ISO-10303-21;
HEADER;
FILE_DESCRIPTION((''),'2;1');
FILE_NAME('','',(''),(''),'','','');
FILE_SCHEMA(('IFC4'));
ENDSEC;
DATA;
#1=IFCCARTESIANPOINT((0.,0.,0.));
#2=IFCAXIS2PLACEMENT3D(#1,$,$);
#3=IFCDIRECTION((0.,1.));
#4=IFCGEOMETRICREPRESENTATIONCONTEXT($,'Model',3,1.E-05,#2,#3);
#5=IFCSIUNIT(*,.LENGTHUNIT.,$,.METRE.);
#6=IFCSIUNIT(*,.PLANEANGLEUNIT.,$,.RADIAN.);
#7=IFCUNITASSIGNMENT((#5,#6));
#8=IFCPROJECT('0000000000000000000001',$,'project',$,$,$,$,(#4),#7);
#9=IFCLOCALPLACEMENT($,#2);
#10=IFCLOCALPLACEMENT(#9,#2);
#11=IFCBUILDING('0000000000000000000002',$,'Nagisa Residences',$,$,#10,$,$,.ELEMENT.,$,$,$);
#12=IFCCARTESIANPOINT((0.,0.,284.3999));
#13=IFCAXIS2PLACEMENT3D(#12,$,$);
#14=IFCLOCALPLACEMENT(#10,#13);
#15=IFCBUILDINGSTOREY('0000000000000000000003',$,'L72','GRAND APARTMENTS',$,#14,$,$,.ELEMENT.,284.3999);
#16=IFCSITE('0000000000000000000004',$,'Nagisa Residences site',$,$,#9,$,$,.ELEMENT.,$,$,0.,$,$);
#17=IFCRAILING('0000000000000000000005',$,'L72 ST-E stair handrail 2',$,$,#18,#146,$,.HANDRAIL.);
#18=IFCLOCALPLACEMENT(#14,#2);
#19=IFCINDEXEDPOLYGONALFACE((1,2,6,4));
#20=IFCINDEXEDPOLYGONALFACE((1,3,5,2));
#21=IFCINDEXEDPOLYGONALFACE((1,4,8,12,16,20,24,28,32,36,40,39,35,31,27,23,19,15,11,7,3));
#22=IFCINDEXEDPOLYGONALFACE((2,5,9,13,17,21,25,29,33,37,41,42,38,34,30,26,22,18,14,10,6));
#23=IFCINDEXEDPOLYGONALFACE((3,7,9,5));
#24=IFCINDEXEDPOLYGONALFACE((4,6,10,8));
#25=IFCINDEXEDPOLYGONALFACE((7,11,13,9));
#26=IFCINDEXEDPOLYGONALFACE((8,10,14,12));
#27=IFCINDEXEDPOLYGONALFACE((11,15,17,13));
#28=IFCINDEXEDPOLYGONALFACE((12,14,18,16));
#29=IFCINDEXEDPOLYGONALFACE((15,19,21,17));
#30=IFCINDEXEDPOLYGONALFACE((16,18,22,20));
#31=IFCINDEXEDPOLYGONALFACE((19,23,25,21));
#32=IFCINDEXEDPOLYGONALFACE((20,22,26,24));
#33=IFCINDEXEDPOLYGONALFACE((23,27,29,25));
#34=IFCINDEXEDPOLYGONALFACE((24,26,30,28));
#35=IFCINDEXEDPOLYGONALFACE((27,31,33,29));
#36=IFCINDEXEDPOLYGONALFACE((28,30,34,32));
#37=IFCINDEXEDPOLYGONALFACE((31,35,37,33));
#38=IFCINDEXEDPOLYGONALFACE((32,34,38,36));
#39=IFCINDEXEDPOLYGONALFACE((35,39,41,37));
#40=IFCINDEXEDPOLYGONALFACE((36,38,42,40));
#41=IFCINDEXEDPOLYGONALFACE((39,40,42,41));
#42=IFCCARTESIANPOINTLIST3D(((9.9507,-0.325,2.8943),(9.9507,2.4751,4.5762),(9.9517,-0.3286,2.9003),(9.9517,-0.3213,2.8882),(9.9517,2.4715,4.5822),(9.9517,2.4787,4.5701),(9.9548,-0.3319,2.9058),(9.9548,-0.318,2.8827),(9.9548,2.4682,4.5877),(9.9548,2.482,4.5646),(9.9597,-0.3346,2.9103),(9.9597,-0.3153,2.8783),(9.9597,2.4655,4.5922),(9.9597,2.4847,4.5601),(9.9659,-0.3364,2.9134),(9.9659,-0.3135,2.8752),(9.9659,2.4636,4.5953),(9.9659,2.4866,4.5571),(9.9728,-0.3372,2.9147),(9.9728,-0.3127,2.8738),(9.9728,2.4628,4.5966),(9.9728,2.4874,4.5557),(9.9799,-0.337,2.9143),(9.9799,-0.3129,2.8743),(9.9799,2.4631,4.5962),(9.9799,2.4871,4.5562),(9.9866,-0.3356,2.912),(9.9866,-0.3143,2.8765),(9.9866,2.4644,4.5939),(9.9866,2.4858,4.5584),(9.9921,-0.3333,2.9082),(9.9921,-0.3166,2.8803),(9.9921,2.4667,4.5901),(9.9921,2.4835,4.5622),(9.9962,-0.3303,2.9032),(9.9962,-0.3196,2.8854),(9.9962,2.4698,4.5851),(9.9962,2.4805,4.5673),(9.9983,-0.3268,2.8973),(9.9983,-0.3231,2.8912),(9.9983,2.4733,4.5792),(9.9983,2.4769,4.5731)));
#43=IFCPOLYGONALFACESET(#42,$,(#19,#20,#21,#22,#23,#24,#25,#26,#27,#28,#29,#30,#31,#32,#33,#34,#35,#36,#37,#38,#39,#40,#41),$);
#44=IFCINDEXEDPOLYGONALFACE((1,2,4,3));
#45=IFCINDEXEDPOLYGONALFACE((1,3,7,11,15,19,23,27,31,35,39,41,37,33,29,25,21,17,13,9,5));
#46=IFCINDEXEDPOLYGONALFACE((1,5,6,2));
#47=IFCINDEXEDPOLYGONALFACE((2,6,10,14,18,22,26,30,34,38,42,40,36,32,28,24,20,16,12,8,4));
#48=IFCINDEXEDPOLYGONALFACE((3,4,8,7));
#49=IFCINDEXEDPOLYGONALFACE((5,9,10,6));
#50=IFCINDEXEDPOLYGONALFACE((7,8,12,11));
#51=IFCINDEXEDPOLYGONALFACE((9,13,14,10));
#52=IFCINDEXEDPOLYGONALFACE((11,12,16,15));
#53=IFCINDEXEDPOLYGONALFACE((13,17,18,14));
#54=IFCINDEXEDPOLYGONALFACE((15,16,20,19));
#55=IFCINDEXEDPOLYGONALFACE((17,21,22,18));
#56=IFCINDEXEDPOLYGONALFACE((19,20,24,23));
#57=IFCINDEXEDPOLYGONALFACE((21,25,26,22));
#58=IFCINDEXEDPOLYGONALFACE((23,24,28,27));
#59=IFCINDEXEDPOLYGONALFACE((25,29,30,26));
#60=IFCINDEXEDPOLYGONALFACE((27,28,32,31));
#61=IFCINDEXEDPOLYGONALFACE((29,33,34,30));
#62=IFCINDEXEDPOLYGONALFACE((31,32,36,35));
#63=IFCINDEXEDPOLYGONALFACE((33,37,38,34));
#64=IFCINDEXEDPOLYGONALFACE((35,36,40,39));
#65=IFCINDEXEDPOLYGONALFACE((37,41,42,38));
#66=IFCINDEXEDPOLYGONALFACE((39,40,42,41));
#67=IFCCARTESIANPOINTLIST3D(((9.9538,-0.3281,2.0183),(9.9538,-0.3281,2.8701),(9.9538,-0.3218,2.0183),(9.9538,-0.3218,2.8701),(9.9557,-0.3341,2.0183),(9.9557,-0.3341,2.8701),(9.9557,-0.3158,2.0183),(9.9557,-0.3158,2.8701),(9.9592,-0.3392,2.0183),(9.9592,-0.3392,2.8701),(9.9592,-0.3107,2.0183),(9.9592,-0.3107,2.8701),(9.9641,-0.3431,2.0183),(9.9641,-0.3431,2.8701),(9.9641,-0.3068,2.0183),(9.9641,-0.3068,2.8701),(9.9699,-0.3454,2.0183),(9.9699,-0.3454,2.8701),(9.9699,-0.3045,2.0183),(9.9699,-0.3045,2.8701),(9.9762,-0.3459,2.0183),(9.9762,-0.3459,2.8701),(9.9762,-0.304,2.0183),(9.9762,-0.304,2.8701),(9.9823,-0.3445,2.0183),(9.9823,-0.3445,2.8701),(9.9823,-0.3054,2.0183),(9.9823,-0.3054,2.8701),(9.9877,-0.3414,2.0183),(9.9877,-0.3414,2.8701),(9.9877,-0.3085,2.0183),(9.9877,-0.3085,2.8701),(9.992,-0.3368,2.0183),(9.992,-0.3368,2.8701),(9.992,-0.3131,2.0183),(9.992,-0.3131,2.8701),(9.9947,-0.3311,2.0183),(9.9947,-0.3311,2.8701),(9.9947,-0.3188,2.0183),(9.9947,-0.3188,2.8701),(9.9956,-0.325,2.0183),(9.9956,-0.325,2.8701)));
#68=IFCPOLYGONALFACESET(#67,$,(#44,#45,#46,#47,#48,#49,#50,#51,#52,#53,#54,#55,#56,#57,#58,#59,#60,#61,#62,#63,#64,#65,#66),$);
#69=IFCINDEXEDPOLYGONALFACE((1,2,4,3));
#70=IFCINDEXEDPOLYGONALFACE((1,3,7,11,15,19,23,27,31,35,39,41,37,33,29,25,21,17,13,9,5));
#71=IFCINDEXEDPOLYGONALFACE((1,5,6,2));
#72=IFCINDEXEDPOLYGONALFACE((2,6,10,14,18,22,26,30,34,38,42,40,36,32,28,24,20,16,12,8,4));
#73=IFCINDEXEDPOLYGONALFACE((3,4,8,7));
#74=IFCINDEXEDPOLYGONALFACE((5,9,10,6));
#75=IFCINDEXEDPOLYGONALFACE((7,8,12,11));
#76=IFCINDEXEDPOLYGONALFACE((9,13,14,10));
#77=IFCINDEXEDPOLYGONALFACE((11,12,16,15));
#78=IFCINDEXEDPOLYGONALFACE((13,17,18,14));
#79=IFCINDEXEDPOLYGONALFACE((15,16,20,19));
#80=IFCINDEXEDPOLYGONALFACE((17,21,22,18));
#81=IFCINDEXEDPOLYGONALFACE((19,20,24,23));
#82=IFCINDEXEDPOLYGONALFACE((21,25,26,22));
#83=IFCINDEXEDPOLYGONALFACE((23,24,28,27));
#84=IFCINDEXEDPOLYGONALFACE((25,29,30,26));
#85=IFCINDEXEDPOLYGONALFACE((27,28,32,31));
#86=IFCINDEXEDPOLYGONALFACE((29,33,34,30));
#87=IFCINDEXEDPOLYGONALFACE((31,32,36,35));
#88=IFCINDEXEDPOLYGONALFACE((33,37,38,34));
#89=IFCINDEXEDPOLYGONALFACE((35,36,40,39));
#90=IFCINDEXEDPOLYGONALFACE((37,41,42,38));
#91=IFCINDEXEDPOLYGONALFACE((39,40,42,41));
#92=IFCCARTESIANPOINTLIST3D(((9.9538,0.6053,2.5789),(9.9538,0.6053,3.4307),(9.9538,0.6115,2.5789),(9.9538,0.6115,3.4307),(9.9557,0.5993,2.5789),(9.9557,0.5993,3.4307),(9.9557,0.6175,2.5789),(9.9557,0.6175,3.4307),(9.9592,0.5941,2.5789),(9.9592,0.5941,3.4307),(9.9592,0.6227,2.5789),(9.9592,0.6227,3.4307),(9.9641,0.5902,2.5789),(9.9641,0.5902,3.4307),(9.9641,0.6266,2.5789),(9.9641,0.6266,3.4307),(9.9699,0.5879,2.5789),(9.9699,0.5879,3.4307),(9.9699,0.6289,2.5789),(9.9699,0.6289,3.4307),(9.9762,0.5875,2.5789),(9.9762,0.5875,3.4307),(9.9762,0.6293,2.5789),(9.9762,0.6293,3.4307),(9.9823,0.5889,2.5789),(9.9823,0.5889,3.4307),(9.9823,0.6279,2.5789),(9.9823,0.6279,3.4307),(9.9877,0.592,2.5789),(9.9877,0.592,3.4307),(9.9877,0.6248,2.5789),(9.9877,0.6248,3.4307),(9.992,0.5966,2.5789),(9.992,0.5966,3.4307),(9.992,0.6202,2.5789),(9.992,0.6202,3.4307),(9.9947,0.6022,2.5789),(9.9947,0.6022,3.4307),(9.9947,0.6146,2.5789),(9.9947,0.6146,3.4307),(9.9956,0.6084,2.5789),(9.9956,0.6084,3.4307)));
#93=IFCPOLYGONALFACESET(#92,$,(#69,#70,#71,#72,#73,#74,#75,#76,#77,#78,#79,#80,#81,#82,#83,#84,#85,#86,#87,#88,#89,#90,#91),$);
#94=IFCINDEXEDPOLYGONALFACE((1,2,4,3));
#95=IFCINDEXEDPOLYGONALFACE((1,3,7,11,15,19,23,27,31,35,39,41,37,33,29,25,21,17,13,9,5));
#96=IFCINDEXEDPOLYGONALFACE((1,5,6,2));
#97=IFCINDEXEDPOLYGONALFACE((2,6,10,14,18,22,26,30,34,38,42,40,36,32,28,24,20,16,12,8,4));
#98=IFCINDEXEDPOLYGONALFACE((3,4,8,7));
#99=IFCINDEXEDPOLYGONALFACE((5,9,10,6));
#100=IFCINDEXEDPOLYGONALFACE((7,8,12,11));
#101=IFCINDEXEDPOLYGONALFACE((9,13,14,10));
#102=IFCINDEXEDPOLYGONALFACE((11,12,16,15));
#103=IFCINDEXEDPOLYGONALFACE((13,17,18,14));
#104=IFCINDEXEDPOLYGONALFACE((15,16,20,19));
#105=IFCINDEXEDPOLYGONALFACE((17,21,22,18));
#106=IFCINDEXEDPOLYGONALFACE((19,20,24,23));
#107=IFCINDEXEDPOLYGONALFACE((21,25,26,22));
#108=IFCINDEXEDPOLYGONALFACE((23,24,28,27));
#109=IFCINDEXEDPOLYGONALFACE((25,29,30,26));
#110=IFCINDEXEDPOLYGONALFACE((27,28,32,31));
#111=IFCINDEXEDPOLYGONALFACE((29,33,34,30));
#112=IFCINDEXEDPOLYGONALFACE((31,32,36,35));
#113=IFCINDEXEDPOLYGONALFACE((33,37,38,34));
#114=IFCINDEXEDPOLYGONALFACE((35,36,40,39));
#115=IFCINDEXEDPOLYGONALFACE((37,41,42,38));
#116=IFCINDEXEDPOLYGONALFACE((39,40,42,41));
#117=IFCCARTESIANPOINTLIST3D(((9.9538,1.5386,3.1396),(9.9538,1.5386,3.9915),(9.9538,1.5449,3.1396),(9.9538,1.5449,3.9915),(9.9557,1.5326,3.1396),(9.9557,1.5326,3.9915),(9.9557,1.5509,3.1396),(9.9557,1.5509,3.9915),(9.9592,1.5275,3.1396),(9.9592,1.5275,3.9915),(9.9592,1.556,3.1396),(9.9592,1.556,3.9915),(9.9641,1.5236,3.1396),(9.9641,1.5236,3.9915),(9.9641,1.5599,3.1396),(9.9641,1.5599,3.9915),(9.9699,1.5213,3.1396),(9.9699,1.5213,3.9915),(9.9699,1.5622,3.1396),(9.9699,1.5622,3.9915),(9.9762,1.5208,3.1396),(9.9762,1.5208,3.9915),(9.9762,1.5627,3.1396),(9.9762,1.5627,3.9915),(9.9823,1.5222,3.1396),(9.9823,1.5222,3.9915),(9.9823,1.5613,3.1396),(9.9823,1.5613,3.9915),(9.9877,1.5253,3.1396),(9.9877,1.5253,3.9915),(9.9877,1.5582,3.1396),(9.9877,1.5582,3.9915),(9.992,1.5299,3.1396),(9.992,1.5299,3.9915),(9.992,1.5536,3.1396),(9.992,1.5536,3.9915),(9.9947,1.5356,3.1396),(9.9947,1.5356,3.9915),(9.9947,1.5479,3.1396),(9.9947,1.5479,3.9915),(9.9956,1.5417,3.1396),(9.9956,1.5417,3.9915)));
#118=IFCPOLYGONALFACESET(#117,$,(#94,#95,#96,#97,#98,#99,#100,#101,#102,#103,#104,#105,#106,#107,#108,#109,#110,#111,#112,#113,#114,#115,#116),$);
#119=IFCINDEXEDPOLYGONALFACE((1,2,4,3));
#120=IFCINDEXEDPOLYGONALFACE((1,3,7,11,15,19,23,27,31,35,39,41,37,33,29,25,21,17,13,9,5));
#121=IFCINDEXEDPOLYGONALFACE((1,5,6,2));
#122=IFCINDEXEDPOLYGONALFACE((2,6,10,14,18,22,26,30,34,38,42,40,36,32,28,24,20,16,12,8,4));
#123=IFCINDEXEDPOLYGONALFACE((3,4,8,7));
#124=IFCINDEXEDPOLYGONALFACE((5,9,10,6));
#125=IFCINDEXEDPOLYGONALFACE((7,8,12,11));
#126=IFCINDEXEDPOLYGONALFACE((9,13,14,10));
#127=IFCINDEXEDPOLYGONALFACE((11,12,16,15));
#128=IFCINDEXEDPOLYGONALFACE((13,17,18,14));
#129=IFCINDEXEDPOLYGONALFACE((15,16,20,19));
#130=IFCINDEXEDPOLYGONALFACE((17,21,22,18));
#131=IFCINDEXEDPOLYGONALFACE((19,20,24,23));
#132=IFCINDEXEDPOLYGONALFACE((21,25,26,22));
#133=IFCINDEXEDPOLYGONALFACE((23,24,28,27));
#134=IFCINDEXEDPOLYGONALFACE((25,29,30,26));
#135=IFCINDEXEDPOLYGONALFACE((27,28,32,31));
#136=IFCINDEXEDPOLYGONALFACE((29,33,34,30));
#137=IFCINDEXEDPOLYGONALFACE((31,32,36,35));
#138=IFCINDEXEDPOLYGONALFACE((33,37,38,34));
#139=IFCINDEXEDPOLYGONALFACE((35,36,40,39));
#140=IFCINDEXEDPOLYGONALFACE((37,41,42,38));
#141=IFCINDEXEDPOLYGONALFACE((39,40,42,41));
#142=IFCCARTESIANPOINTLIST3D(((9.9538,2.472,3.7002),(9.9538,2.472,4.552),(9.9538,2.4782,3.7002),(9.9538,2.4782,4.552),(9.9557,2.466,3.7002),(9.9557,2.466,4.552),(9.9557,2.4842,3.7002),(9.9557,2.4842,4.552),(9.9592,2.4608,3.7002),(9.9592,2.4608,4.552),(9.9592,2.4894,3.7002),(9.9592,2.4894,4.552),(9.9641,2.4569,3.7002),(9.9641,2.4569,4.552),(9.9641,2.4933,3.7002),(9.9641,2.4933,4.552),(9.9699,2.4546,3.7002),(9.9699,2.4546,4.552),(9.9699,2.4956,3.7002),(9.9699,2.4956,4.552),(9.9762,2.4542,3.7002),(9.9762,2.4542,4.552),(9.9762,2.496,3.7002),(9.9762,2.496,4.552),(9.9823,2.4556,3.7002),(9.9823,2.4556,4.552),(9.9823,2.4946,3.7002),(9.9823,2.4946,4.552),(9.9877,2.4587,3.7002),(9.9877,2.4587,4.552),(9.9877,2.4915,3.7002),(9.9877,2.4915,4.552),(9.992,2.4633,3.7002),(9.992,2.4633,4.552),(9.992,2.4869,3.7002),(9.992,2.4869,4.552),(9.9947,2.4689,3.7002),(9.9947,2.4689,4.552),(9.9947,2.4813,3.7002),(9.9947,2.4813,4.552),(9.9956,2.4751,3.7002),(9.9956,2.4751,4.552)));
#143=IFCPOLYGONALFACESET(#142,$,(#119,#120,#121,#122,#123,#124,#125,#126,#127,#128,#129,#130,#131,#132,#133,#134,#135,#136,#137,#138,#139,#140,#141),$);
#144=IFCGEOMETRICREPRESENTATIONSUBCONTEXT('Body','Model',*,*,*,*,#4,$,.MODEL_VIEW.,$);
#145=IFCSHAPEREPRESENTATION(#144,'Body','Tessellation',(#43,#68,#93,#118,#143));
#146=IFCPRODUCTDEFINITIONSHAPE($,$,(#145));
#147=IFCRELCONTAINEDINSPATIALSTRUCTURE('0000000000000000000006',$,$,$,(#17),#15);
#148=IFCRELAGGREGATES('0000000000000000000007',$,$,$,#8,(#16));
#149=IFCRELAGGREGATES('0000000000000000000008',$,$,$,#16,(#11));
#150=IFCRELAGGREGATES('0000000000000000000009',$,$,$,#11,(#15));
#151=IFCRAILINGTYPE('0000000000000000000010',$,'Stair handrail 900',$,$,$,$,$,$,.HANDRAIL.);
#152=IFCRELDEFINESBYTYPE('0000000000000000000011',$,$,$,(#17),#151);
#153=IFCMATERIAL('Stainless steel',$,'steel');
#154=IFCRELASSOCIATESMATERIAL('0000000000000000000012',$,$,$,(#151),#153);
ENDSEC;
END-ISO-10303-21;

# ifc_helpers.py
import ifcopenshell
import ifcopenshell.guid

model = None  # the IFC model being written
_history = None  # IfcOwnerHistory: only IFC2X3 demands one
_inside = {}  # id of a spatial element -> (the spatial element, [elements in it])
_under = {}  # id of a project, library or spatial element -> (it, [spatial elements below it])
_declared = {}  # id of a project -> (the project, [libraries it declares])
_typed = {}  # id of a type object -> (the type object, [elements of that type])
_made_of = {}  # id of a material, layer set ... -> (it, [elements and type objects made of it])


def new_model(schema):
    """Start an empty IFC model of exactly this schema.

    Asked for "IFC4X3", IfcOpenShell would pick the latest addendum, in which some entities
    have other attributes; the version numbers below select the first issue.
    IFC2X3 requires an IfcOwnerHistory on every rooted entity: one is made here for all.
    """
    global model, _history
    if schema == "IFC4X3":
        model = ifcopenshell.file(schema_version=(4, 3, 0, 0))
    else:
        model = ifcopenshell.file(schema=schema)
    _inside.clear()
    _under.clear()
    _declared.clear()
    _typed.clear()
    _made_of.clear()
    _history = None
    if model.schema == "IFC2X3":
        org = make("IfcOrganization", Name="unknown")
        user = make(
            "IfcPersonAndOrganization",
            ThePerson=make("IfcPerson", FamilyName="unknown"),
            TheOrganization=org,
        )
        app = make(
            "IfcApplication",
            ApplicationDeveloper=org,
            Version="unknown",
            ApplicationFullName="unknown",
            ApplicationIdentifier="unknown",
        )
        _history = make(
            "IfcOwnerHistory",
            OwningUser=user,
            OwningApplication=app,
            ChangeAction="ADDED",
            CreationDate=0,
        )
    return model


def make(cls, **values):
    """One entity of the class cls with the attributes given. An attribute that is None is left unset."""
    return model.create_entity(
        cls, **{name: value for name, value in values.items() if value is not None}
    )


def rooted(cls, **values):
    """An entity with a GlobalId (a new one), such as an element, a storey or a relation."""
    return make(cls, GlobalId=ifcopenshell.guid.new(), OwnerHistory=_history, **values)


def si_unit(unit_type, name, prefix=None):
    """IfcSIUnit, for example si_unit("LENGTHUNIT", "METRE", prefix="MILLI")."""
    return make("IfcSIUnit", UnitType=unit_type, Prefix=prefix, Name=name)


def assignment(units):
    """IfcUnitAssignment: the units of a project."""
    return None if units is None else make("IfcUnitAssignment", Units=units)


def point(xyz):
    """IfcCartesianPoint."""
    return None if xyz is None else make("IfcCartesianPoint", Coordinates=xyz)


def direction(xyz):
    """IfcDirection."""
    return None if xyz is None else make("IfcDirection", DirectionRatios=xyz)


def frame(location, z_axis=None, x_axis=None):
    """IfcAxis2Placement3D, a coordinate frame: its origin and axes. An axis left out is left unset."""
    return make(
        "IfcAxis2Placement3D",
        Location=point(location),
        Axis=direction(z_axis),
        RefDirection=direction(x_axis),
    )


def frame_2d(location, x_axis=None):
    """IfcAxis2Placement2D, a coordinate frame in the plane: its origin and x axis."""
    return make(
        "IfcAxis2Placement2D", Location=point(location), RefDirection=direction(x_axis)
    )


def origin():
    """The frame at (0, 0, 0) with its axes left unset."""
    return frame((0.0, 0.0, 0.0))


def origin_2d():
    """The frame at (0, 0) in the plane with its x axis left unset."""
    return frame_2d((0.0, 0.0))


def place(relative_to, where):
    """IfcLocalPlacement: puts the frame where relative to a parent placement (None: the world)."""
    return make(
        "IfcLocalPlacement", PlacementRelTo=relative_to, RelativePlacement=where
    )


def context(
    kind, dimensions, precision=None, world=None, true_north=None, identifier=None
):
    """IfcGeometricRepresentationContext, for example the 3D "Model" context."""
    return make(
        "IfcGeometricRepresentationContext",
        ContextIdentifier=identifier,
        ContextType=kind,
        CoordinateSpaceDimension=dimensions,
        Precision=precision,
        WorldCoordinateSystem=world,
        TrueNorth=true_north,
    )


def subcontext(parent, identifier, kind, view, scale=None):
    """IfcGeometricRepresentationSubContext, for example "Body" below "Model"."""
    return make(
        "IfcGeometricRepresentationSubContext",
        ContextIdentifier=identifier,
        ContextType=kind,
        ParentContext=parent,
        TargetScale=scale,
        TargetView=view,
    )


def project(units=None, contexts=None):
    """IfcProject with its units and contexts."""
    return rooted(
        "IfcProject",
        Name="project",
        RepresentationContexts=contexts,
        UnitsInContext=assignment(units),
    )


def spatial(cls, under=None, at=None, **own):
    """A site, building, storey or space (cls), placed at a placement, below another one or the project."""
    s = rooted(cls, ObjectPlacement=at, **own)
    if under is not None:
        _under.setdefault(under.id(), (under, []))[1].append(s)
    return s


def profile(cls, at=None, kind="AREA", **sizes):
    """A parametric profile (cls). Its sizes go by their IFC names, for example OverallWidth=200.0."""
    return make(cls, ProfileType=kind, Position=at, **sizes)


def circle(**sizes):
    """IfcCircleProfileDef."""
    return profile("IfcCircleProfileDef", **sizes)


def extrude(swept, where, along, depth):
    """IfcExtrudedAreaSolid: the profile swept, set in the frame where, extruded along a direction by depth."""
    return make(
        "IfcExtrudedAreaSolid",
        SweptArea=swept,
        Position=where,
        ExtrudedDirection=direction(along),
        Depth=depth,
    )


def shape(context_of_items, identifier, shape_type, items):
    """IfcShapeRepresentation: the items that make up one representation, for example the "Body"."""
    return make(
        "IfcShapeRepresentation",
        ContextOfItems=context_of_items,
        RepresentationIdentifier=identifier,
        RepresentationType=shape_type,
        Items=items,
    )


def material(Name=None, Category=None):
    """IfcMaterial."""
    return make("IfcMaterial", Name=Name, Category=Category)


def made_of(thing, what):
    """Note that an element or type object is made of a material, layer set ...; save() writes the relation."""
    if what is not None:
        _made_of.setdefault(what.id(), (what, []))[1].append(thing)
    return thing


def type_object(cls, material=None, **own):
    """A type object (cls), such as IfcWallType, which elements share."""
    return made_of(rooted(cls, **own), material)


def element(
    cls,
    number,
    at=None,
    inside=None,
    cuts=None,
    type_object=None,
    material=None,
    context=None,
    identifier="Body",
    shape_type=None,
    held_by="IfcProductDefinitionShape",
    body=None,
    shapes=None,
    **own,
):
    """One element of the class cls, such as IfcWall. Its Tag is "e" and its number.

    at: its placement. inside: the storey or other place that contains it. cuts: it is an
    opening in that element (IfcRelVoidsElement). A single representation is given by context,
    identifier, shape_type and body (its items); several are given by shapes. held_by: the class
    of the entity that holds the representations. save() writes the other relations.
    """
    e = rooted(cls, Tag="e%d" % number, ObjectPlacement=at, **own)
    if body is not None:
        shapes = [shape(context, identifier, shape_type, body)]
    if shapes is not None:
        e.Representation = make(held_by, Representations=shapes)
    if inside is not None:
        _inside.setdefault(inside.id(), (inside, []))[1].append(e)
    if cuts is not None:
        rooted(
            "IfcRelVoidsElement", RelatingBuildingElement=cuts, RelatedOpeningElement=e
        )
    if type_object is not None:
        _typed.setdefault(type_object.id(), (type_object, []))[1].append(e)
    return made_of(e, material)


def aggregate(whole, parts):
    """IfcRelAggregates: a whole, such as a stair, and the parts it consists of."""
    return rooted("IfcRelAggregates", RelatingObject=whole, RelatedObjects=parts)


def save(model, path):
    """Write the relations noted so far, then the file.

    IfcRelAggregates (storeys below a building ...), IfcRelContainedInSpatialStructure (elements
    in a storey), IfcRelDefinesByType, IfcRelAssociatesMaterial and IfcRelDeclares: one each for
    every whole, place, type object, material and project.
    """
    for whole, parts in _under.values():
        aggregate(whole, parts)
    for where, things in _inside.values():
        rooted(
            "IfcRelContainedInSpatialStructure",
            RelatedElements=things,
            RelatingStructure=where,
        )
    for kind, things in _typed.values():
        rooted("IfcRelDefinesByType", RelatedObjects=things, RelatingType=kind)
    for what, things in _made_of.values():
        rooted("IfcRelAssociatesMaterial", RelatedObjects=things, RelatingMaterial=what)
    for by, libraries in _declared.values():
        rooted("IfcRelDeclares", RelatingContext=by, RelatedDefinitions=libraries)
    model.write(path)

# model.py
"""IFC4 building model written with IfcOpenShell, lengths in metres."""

from ifc_helpers import new_model, si_unit, direction, frame, origin, origin_2d, place, context, subcontext, project, spatial, circle, extrude, material, type_object, element, save


model = new_model("IFC4")

# Units and contexts
model_context = context("Model", 3, precision=1e-05, world=origin(), true_north=direction((0.0, 1.0)))
body_context = subcontext(model_context, "Body", "Model", "MODEL_VIEW")
ifc_project = project(units=[si_unit("LENGTHUNIT", "METRE"), si_unit("PLANEANGLEUNIT", "RADIAN")], contexts=[model_context])

# Site, building, storey
site_placement = place(None, origin())
site = spatial("IfcSite", under=ifc_project, at=site_placement, Name="Nagisa Residences site", CompositionType="ELEMENT", RefElevation=0.0)
building_placement = place(site_placement, origin())
building = spatial("IfcBuilding", under=site, at=building_placement, Name="Nagisa Residences", CompositionType="ELEMENT")
storey_placement = place(building_placement, frame((0.0, 0.0, 284.3999)))
storey = spatial("IfcBuildingStorey", under=building, at=storey_placement, Name="L72", Description="GRAND APARTMENTS", CompositionType="ELEMENT", Elevation=284.3999)

# Railing
ifc_material_1 = material(Name="Stainless steel", Category="steel")
railing_type_1 = type_object("IfcRailingType", Name="Stair handrail 900", PredefinedType="HANDRAIL", material=ifc_material_1)
railing_1_placement = place(storey_placement, frame((9.9746, -0.325, 2.0183)))
element("IfcRailing", 1, at=railing_1_placement, inside=storey, type_object=railing_type_1, Name="L72 ST-E stair handrail 2", PredefinedType="HANDRAIL", context=body_context, shape_type="SweptSolid", body=[
    extrude(circle(Radius=0.0239, at=origin_2d()), frame((0.0, 0.0, 0.876), z_axis=(0.0, 0.857242, 0.514913), x_axis=(-1.0, 0.0, 0.0)), (0.0, 0.0, 1.0), 3.2664),
    extrude(circle(Radius=0.021, at=origin_2d()), origin(), (0.0, 0.0, 1.0), 0.8518),
    extrude(circle(Radius=0.021, at=origin_2d()), frame((0.0, 0.9333, 0.5605)), (0.0, 0.0, 1.0), 0.8518),
    extrude(circle(Radius=0.021, at=origin_2d()), frame((0.0, 1.8667, 1.1213)), (0.0, 0.0, 1.0), 0.8518),
    extrude(circle(Radius=0.021, at=origin_2d()), frame((0.0, 2.8, 1.6819)), (0.0, 0.0, 1.0), 0.8518),
])

save(model, "model.ifc")
